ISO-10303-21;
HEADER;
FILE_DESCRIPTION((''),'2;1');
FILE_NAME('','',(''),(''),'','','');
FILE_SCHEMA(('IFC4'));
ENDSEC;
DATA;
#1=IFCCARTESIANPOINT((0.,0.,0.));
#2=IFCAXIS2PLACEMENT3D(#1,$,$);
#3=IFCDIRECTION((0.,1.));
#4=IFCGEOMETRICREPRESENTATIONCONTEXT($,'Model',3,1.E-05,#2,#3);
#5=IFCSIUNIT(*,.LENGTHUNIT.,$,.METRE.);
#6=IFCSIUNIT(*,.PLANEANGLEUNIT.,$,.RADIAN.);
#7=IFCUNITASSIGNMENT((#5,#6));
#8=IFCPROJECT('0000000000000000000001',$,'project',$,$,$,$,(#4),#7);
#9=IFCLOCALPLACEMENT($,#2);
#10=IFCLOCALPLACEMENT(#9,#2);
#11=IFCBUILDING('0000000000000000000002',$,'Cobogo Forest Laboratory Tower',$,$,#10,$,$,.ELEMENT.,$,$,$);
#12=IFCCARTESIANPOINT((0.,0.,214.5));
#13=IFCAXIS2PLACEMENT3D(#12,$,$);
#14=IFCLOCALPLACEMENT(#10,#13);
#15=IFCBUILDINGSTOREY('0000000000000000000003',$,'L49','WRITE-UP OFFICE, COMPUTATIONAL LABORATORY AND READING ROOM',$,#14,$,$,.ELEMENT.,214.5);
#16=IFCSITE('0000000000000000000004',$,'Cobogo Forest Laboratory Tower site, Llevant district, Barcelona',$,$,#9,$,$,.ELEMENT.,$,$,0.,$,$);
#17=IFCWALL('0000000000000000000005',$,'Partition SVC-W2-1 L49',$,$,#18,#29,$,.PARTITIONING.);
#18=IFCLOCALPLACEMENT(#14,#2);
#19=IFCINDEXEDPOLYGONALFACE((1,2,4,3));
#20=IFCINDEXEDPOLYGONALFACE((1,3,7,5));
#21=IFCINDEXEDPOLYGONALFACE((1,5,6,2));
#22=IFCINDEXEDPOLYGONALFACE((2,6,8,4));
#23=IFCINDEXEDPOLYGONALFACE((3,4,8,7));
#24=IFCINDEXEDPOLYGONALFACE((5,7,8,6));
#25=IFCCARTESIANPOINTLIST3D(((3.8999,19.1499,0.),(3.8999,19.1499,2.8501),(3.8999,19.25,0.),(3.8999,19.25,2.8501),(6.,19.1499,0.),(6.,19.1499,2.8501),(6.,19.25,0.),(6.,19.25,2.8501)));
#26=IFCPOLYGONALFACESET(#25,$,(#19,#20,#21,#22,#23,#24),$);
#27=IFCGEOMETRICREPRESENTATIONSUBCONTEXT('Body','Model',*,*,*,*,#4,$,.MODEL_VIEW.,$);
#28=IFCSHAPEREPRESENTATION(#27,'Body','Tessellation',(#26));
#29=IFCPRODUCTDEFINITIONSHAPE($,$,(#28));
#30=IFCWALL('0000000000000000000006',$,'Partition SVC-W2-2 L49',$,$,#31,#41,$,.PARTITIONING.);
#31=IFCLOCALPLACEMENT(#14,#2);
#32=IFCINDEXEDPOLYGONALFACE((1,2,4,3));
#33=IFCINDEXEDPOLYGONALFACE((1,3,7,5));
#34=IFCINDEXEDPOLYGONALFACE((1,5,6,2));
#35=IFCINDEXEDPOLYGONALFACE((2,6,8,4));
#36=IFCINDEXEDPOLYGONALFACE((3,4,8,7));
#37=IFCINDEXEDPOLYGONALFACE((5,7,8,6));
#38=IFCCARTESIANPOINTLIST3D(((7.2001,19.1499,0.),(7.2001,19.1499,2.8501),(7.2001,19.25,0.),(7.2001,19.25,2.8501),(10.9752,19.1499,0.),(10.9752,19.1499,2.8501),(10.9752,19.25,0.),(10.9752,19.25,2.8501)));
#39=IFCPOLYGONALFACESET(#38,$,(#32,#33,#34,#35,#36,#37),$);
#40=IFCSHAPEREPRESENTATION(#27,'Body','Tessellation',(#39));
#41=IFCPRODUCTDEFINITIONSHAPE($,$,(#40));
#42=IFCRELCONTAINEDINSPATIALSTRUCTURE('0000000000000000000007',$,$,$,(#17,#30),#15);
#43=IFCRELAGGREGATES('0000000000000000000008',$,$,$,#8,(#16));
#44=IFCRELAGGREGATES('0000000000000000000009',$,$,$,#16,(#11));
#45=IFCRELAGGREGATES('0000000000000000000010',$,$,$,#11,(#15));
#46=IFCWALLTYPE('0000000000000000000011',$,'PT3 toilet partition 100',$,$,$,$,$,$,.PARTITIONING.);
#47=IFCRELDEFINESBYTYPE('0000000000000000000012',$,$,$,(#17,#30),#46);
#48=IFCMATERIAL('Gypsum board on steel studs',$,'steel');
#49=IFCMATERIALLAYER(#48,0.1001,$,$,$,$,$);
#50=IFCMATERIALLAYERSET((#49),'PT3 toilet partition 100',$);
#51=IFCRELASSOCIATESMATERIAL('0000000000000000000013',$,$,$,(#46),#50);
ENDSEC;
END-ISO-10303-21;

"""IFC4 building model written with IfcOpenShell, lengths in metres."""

from ifc_helpers import new_model, si_unit, direction, frame, frame_2d, origin, place, context, subcontext, project, spatial, rectangle, extrude, material, layer, layer_set, type_object, element, save


model = new_model("IFC4")

# Units and contexts
model_context = context("Model", 3, precision=1e-05, world=origin(), true_north=direction((0.0, 1.0)))
body_context = subcontext(model_context, "Body", "Model", "MODEL_VIEW")
ifc_project = project(units=[si_unit("LENGTHUNIT", "METRE"), si_unit("PLANEANGLEUNIT", "RADIAN")], contexts=[model_context])

# Site, building, storey
site_placement = place(None, origin())
site = spatial("IfcSite", under=ifc_project, at=site_placement, Name="Cobogo Forest Laboratory Tower site, Llevant district, Barcelona", CompositionType="ELEMENT", RefElevation=0.0)
building_placement = place(site_placement, origin())
building = spatial("IfcBuilding", under=site, at=building_placement, Name="Cobogo Forest Laboratory Tower", CompositionType="ELEMENT")
storey_placement = place(building_placement, frame((0.0, 0.0, 214.5)))
storey = spatial("IfcBuildingStorey", under=building, at=storey_placement, Name="L49", Description="WRITE-UP OFFICE, COMPUTATIONAL LABORATORY AND READING ROOM", CompositionType="ELEMENT", Elevation=214.5)

# Walls
ifc_material_1 = material(Name="Gypsum board on steel studs", Category="steel")
ifc_layer_1 = layer(ifc_material_1, 0.1001)
ifc_layer_set_1 = layer_set([ifc_layer_1], Name="PT3 toilet partition 100")
wall_type_1 = type_object("IfcWallType", Name="PT3 toilet partition 100", PredefinedType="PARTITIONING", material=ifc_layer_set_1)
wall_1_placement = place(storey_placement, frame((3.8999, 19.2, 0.0), z_axis=(0.0, 0.0, 1.0), x_axis=(1.0, 0.0, 0.0)))
element("IfcWall", 1, at=wall_1_placement, inside=storey, type_object=wall_type_1, Name="Partition SVC-W2-1 L49", PredefinedType="PARTITIONING", context=body_context, shape_type="SweptSolid", body=[
    extrude(rectangle(XDim=2.1001, YDim=0.1001, at=frame_2d((1.05, 0.0))), origin(), (0.0, 0.0, 1.0), 2.8501),
])
wall_2_placement = place(storey_placement, frame((7.2, 19.2, 0.0), z_axis=(0.0, 0.0, 1.0), x_axis=(1.0, 0.0, 0.0)))
element("IfcWall", 2, at=wall_2_placement, inside=storey, type_object=wall_type_1, Name="Partition SVC-W2-2 L49", PredefinedType="PARTITIONING", context=body_context, shape_type="SweptSolid", body=[
    extrude(rectangle(XDim=3.7751, YDim=0.1001, at=frame_2d((1.8877, 0.0))), origin(), (0.0, 0.0, 1.0), 2.8501),
])

save(model, "model.ifc")
